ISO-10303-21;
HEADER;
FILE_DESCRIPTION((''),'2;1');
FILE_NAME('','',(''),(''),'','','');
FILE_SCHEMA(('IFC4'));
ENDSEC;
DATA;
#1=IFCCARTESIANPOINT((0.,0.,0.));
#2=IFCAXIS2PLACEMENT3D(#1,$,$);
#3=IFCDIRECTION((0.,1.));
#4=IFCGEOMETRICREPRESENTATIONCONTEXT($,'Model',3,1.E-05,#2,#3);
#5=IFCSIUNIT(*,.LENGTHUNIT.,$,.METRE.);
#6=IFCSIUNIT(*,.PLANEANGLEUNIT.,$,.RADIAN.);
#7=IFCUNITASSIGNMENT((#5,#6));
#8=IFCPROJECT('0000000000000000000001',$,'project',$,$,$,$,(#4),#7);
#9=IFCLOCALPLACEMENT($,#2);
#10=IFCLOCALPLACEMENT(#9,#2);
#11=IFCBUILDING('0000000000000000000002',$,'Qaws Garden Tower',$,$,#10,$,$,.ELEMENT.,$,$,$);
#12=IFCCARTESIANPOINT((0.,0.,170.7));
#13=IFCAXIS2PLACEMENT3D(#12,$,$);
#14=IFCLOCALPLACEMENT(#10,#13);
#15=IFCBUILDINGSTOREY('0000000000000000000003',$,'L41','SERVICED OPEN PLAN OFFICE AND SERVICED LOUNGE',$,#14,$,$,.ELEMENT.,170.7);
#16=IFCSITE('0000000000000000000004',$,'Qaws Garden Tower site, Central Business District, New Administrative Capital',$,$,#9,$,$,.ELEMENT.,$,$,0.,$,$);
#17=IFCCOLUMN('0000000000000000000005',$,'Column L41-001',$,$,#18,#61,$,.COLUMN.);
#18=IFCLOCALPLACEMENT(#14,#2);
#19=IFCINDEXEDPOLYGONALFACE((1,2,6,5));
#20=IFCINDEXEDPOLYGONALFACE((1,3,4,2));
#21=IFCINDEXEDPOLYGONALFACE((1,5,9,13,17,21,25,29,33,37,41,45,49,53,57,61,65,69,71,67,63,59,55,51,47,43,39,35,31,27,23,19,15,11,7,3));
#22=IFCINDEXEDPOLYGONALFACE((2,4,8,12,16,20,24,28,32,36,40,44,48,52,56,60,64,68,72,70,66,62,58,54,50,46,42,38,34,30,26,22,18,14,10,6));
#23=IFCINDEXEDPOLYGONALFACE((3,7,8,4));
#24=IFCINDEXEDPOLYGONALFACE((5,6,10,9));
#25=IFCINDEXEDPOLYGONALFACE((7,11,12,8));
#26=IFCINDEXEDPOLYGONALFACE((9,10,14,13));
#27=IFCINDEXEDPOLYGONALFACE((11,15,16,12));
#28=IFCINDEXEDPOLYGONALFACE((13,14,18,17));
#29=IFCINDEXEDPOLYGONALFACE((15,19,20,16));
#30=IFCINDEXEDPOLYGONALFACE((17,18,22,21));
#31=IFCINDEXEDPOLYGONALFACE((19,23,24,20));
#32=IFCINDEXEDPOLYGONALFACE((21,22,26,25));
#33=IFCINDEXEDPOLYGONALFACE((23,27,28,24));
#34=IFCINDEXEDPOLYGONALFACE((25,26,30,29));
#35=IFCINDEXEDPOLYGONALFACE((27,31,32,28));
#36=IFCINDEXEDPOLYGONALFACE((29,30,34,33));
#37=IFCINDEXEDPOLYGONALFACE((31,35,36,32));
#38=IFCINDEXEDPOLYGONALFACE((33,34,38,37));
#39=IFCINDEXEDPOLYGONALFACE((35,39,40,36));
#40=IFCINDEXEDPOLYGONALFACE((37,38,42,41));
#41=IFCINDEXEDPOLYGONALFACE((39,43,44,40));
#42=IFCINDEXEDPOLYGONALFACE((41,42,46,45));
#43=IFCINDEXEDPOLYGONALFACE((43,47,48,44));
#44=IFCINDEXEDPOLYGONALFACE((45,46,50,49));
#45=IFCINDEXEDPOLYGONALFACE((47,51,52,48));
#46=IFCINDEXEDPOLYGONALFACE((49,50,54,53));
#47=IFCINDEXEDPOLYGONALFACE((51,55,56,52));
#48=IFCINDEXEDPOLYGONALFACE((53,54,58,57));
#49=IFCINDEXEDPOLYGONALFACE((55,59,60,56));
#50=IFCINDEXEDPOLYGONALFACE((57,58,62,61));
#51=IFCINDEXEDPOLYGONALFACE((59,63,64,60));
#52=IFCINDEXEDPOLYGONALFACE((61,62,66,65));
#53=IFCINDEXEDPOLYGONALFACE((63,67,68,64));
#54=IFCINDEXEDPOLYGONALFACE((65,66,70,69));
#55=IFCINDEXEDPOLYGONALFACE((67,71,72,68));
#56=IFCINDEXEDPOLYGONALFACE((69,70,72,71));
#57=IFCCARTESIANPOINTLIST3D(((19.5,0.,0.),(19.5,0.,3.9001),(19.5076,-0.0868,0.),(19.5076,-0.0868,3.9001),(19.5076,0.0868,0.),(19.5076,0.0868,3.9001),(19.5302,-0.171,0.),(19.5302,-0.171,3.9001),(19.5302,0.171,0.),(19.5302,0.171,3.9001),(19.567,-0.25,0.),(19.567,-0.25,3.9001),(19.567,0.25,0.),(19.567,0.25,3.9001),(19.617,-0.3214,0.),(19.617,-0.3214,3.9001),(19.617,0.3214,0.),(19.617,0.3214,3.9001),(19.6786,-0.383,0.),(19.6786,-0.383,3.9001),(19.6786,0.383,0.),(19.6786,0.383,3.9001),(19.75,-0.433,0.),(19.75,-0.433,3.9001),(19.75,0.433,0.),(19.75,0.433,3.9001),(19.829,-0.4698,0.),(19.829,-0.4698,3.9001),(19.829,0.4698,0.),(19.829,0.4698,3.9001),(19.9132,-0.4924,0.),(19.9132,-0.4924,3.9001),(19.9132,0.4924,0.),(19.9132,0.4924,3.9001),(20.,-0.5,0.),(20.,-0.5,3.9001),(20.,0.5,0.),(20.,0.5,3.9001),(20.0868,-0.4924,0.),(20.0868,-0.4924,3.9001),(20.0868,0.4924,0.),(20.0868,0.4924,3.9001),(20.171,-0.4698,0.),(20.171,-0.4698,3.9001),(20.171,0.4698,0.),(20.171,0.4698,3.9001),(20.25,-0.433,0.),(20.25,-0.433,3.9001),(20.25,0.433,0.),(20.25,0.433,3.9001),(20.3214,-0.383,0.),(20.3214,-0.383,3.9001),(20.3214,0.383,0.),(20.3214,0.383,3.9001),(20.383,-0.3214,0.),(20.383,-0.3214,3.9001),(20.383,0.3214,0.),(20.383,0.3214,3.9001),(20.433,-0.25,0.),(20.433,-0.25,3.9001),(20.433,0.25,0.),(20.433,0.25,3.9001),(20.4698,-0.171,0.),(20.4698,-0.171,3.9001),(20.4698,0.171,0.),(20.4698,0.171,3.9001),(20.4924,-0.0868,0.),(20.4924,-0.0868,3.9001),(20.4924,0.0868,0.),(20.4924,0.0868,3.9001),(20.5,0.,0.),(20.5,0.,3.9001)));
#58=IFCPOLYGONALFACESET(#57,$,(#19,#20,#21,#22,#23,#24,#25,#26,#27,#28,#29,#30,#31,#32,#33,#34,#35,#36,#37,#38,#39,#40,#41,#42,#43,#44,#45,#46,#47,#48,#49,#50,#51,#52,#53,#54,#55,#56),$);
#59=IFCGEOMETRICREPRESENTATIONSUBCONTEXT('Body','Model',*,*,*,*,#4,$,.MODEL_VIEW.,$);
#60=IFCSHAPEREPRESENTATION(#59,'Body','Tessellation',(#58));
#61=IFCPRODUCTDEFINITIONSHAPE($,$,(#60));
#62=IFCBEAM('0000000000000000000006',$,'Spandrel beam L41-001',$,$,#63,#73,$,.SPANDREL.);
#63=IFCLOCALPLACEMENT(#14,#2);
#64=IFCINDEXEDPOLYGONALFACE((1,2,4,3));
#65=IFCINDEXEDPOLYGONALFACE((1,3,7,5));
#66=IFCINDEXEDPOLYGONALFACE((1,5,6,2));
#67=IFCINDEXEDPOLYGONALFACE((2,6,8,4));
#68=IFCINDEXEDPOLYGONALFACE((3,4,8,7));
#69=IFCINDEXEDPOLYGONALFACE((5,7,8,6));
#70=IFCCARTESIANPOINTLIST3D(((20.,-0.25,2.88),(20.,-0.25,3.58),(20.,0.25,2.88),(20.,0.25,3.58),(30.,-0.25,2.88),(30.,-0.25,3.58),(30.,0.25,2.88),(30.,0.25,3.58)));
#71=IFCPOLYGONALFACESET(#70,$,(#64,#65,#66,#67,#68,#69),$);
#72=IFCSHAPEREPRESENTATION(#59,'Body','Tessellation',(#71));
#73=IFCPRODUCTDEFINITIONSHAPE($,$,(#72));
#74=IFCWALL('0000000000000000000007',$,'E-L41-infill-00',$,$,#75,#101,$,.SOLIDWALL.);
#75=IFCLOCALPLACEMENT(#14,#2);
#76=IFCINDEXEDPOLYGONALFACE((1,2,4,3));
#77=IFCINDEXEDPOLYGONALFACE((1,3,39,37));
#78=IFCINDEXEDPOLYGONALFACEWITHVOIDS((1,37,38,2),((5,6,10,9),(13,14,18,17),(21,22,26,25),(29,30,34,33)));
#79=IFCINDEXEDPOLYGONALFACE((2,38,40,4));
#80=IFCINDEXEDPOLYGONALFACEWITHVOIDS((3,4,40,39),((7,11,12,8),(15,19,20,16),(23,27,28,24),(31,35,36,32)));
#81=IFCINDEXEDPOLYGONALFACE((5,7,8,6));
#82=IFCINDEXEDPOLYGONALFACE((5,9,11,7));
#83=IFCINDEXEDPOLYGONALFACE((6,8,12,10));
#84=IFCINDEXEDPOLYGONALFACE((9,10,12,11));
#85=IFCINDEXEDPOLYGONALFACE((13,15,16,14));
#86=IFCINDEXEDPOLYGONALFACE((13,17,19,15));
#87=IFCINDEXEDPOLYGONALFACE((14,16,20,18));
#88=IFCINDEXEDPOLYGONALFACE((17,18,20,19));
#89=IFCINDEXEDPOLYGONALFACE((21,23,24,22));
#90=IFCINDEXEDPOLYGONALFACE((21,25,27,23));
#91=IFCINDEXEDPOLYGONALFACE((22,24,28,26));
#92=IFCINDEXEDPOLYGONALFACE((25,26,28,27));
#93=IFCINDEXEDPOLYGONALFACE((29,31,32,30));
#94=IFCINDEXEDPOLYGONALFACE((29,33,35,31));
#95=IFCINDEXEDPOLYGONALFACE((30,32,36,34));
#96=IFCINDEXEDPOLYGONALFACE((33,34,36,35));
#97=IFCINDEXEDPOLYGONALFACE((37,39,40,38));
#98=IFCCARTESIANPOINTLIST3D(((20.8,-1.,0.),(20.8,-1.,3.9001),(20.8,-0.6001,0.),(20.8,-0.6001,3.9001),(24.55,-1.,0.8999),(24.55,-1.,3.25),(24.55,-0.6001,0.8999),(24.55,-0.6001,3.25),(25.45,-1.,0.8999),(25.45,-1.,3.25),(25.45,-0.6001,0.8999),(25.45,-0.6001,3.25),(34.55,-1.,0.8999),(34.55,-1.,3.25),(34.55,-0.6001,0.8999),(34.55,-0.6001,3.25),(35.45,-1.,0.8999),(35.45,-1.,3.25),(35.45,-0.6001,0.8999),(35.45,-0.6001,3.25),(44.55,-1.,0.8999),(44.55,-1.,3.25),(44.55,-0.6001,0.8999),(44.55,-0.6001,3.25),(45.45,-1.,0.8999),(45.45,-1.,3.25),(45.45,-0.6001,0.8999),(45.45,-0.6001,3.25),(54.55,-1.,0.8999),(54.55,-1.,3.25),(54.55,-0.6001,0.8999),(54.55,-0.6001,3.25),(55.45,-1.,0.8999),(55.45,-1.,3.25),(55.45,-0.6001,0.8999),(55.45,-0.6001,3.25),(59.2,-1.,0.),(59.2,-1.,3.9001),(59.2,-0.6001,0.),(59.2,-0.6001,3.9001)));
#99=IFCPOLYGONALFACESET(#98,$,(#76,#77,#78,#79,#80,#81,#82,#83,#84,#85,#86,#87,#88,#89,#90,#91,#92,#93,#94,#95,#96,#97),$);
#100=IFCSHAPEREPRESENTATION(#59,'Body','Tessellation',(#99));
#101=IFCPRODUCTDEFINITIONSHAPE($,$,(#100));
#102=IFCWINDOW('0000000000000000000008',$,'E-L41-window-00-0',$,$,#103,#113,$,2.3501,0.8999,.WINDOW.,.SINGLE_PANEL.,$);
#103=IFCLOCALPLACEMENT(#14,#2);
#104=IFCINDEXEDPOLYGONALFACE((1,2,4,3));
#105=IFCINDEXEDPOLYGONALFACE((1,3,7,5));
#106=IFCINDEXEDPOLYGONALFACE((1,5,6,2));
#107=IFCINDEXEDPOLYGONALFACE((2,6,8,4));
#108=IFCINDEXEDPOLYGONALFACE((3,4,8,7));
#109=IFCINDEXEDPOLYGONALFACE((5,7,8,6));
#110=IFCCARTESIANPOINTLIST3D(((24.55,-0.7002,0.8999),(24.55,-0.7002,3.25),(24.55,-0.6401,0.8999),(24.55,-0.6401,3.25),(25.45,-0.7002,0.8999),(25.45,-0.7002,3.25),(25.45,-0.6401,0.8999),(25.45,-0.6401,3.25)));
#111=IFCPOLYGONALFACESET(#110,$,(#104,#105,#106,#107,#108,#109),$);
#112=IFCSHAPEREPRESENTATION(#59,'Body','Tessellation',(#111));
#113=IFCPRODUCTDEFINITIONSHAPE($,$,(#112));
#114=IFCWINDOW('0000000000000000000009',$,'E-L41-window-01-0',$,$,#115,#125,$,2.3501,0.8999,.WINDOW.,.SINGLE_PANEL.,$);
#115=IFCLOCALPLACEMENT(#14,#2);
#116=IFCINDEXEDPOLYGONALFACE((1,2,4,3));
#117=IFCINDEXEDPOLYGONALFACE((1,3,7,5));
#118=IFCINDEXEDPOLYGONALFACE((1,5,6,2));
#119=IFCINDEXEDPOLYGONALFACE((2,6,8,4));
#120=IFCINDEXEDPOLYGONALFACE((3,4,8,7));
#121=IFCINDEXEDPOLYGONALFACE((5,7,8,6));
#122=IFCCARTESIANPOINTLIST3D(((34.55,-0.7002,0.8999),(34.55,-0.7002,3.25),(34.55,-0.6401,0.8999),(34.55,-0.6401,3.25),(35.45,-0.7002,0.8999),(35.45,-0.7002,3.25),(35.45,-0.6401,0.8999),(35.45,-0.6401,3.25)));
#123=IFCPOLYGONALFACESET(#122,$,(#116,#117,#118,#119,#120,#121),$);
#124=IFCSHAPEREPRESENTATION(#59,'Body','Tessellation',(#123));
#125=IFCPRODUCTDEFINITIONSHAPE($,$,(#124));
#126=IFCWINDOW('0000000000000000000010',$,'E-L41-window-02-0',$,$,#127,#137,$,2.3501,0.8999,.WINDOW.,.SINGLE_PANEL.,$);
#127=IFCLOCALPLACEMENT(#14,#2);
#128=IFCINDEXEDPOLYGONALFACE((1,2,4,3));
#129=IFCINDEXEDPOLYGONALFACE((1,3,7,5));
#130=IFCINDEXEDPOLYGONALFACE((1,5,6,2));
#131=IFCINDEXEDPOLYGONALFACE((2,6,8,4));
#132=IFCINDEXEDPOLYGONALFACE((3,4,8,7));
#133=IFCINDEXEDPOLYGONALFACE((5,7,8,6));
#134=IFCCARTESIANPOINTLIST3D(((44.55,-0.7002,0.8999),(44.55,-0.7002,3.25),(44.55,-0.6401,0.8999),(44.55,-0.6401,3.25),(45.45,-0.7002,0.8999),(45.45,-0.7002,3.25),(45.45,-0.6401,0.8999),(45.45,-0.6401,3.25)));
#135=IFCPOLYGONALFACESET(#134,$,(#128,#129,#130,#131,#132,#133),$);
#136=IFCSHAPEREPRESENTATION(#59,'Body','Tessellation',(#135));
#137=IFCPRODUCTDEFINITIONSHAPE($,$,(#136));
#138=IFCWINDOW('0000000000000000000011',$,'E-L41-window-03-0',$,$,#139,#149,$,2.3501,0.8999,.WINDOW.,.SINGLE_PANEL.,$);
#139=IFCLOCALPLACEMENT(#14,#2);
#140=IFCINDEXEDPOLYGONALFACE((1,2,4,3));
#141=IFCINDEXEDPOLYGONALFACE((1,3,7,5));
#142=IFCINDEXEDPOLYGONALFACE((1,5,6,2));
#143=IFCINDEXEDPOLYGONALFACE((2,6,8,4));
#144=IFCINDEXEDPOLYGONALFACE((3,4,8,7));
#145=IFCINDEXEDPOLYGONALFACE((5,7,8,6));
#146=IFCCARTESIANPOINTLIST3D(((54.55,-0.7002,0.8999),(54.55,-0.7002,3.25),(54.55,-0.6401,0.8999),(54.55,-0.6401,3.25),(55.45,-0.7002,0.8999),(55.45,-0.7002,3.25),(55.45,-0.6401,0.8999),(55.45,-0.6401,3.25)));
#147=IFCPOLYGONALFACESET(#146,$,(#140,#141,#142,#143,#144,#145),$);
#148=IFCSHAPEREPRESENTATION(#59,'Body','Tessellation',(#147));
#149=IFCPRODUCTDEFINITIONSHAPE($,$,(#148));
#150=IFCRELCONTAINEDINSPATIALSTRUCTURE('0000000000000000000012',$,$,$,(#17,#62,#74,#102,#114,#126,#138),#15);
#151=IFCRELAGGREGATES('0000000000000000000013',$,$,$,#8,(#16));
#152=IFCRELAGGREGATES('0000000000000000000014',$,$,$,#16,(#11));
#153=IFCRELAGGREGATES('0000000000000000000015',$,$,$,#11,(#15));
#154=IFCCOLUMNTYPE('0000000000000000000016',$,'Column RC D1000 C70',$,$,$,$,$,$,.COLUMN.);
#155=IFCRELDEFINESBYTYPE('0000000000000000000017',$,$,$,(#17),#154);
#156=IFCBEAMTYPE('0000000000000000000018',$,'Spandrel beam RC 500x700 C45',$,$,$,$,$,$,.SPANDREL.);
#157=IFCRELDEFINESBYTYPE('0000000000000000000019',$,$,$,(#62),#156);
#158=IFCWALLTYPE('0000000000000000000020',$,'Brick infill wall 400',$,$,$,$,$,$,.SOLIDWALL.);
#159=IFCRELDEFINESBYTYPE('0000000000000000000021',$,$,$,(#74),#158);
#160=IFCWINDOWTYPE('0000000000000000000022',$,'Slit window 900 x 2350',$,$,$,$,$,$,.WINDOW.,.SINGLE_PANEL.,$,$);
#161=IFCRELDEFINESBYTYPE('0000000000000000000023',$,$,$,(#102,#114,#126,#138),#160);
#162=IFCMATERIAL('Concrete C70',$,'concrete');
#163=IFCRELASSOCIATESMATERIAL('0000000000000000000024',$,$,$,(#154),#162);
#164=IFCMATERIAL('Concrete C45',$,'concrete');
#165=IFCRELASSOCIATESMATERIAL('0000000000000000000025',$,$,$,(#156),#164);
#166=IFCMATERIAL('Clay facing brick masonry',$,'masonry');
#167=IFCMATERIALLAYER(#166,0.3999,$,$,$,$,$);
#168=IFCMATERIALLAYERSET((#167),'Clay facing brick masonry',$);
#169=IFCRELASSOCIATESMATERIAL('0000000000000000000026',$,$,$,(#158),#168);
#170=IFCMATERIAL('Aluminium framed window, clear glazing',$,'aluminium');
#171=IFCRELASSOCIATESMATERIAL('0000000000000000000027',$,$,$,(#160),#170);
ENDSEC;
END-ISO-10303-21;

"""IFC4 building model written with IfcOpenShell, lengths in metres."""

from ifc_helpers import new_model, si_unit, direction, frame, frame_2d, origin, origin_2d, place, context, subcontext, project, spatial, rectangle, circle, extrude, material, layer, layer_set, material_profile, profile_set, type_object, element, fill, save


model = new_model("IFC4")

# Units and contexts
model_context = context("Model", 3, precision=1e-05, world=origin(), true_north=direction((0.0, 1.0)))
body_context = subcontext(model_context, "Body", "Model", "MODEL_VIEW")
ifc_project = project(units=[si_unit("LENGTHUNIT", "METRE"), si_unit("PLANEANGLEUNIT", "RADIAN")], contexts=[model_context])

# Site, building, storey
site_placement = place(None, origin())
site = spatial("IfcSite", under=ifc_project, at=site_placement, Name="Qaws Garden Tower site, Central Business District, New Administrative Capital", CompositionType="ELEMENT", RefElevation=0.0)
building_placement = place(site_placement, origin())
building = spatial("IfcBuilding", under=site, at=building_placement, Name="Qaws Garden Tower", CompositionType="ELEMENT")
storey_placement = place(building_placement, frame((0.0, 0.0, 170.7)))
storey = spatial("IfcBuildingStorey", under=building, at=storey_placement, Name="L41", Description="SERVICED OPEN PLAN OFFICE AND SERVICED LOUNGE", CompositionType="ELEMENT", Elevation=170.7)

# Column
ifc_material_1 = material(Name="Concrete C70", Category="concrete")
ifc_material_profile_1 = material_profile(ifc_material_1, circle(Radius=0.5, at=origin_2d()), Name="RC D1000")
ifc_profile_set_1 = profile_set([ifc_material_profile_1], Name="Concrete C70")
column_type = type_object("IfcColumnType", Name="Column RC D1000 C70", PredefinedType="COLUMN", material=ifc_profile_set_1)
column_placement = place(storey_placement, frame((20.0, 0.0, 0.0), z_axis=(0.0, 0.0, 1.0), x_axis=(1.0, 0.0, 0.0)))
element("IfcColumn", 1, at=column_placement, inside=storey, type_object=column_type, Name="Column L41-001", PredefinedType="COLUMN", context=body_context, shape_type="SweptSolid", body=[
    extrude(circle(Radius=0.5, at=origin_2d()), origin(), (0.0, 0.0, 1.0), 3.9001),
])

# Beam
ifc_material_2 = material(Name="Concrete C45", Category="concrete")
ifc_material_profile_2 = material_profile(ifc_material_2, rectangle(XDim=0.5, YDim=0.7, at=origin_2d()), Name="RC 500x700")
ifc_profile_set_2 = profile_set([ifc_material_profile_2], Name="Concrete C45")
beam_type = type_object("IfcBeamType", Name="Spandrel beam RC 500x700 C45", PredefinedType="SPANDREL", material=ifc_profile_set_2)
beam_placement = place(storey_placement, frame((20.0, 0.0, 3.23), z_axis=(1.0, 0.0, 0.0), x_axis=(0.0, 1.0, 0.0)))
element("IfcBeam", 2, at=beam_placement, inside=storey, type_object=beam_type, Name="Spandrel beam L41-001", PredefinedType="SPANDREL", context=body_context, shape_type="SweptSolid", body=[
    extrude(rectangle(XDim=0.5, YDim=0.7, at=origin_2d()), origin(), (0.0, 0.0, 1.0), 10.0),
])

# Wall, openings, windows
ifc_material_3 = material(Name="Clay facing brick masonry", Category="masonry")
ifc_layer_1 = layer(ifc_material_3, 0.3999)
ifc_layer_set_1 = layer_set([ifc_layer_1], Name="Clay facing brick masonry")
wall_type_1 = type_object("IfcWallType", Name="Brick infill wall 400", PredefinedType="SOLIDWALL", material=ifc_layer_set_1)
wall_1_placement = place(storey_placement, frame((20.8, -0.8, 0.0), z_axis=(0.0, 0.0, 1.0), x_axis=(1.0, 0.0, 0.0)))
wall_1 = element("IfcWall", 3, at=wall_1_placement, inside=storey, type_object=wall_type_1, Name="E-L41-infill-00", PredefinedType="SOLIDWALL", context=body_context, shape_type="SweptSolid", body=[
    extrude(rectangle(XDim=38.3999, YDim=0.3999, at=frame_2d((19.2, 0.0))), origin(), (0.0, 0.0, 1.0), 3.9001),
])
opening_1_placement = place(wall_1_placement, frame((3.75, 0.0, 0.8999)))
opening_1 = element("IfcOpeningElement", 4, at=opening_1_placement, cuts=wall_1, PredefinedType="OPENING", context=body_context, shape_type="SweptSolid", body=[
    extrude(rectangle(XDim=0.8999, YDim=2.3501, at=frame_2d((0.45, 1.175))), frame((0.0, 0.21, 0.0), z_axis=(0.0, -1.0, 0.0), x_axis=(1.0, 0.0, 0.0)), (0.0, 0.0, 1.0), 0.4199),
])
opening_2_placement = place(wall_1_placement, frame((13.75, 0.0, 0.8999)))
opening_2 = element("IfcOpeningElement", 5, at=opening_2_placement, cuts=wall_1, PredefinedType="OPENING", context=body_context, shape_type="SweptSolid", body=[
    extrude(rectangle(XDim=0.8999, YDim=2.3501, at=frame_2d((0.45, 1.175))), frame((0.0, 0.21, 0.0), z_axis=(0.0, -1.0, 0.0), x_axis=(1.0, 0.0, 0.0)), (0.0, 0.0, 1.0), 0.4199),
])
opening_3_placement = place(wall_1_placement, frame((23.75, 0.0, 0.8999)))
opening_3 = element("IfcOpeningElement", 6, at=opening_3_placement, cuts=wall_1, PredefinedType="OPENING", context=body_context, shape_type="SweptSolid", body=[
    extrude(rectangle(XDim=0.8999, YDim=2.3501, at=frame_2d((0.45, 1.175))), frame((0.0, 0.21, 0.0), z_axis=(0.0, -1.0, 0.0), x_axis=(1.0, 0.0, 0.0)), (0.0, 0.0, 1.0), 0.4199),
])
opening_4_placement = place(wall_1_placement, frame((33.75, 0.0, 0.8999)))
opening_4 = element("IfcOpeningElement", 7, at=opening_4_placement, cuts=wall_1, PredefinedType="OPENING", context=body_context, shape_type="SweptSolid", body=[
    extrude(rectangle(XDim=0.8999, YDim=2.3501, at=frame_2d((0.45, 1.175))), frame((0.0, 0.21, 0.0), z_axis=(0.0, -1.0, 0.0), x_axis=(1.0, 0.0, 0.0)), (0.0, 0.0, 1.0), 0.4199),
])
ifc_material_4 = material(Name="Aluminium framed window, clear glazing", Category="aluminium")
window_type = type_object("IfcWindowType", Name="Slit window 900 x 2350", PartitioningType="SINGLE_PANEL", PredefinedType="WINDOW", material=ifc_material_4)
window_1_placement = place(opening_1_placement, origin())
window_1 = element("IfcWindow", 8, at=window_1_placement, inside=storey, type_object=window_type, Name="E-L41-window-00-0", OverallHeight=2.3501, OverallWidth=0.8999, PartitioningType="SINGLE_PANEL", PredefinedType="WINDOW", context=body_context, shape_type="SweptSolid", body=[
    extrude(rectangle(XDim=0.8999, YDim=2.3501, at=frame_2d((0.45, 1.175))), frame((0.0, 0.1599, 0.0), z_axis=(0.0, -1.0, 0.0), x_axis=(1.0, 0.0, 0.0)), (0.0, 0.0, 1.0), 0.0601),
])
fill(opening_1, window_1)
window_2_placement = place(opening_2_placement, origin())
window_2 = element("IfcWindow", 9, at=window_2_placement, inside=storey, type_object=window_type, Name="E-L41-window-01-0", OverallHeight=2.3501, OverallWidth=0.8999, PartitioningType="SINGLE_PANEL", PredefinedType="WINDOW", context=body_context, shape_type="SweptSolid", body=[
    extrude(rectangle(XDim=0.8999, YDim=2.3501, at=frame_2d((0.45, 1.175))), frame((0.0, 0.1599, 0.0), z_axis=(0.0, -1.0, 0.0), x_axis=(1.0, 0.0, 0.0)), (0.0, 0.0, 1.0), 0.0601),
])
fill(opening_2, window_2)
window_3_placement = place(opening_3_placement, origin())
window_3 = element("IfcWindow", 10, at=window_3_placement, inside=storey, type_object=window_type, Name="E-L41-window-02-0", OverallHeight=2.3501, OverallWidth=0.8999, PartitioningType="SINGLE_PANEL", PredefinedType="WINDOW", context=body_context, shape_type="SweptSolid", body=[
    extrude(rectangle(XDim=0.8999, YDim=2.3501, at=frame_2d((0.45, 1.175))), frame((0.0, 0.1599, 0.0), z_axis=(0.0, -1.0, 0.0), x_axis=(1.0, 0.0, 0.0)), (0.0, 0.0, 1.0), 0.0601),
])
fill(opening_3, window_3)
window_4_placement = place(opening_4_placement, origin())
window_4 = element("IfcWindow", 11, at=window_4_placement, inside=storey, type_object=window_type, Name="E-L41-window-03-0", OverallHeight=2.3501, OverallWidth=0.8999, PartitioningType="SINGLE_PANEL", PredefinedType="WINDOW", context=body_context, shape_type="SweptSolid", body=[
    extrude(rectangle(XDim=0.8999, YDim=2.3501, at=frame_2d((0.45, 1.175))), frame((0.0, 0.1599, 0.0), z_axis=(0.0, -1.0, 0.0), x_axis=(1.0, 0.0, 0.0)), (0.0, 0.0, 1.0), 0.0601),
])
fill(opening_4, window_4)

save(model, "model.ifc")
